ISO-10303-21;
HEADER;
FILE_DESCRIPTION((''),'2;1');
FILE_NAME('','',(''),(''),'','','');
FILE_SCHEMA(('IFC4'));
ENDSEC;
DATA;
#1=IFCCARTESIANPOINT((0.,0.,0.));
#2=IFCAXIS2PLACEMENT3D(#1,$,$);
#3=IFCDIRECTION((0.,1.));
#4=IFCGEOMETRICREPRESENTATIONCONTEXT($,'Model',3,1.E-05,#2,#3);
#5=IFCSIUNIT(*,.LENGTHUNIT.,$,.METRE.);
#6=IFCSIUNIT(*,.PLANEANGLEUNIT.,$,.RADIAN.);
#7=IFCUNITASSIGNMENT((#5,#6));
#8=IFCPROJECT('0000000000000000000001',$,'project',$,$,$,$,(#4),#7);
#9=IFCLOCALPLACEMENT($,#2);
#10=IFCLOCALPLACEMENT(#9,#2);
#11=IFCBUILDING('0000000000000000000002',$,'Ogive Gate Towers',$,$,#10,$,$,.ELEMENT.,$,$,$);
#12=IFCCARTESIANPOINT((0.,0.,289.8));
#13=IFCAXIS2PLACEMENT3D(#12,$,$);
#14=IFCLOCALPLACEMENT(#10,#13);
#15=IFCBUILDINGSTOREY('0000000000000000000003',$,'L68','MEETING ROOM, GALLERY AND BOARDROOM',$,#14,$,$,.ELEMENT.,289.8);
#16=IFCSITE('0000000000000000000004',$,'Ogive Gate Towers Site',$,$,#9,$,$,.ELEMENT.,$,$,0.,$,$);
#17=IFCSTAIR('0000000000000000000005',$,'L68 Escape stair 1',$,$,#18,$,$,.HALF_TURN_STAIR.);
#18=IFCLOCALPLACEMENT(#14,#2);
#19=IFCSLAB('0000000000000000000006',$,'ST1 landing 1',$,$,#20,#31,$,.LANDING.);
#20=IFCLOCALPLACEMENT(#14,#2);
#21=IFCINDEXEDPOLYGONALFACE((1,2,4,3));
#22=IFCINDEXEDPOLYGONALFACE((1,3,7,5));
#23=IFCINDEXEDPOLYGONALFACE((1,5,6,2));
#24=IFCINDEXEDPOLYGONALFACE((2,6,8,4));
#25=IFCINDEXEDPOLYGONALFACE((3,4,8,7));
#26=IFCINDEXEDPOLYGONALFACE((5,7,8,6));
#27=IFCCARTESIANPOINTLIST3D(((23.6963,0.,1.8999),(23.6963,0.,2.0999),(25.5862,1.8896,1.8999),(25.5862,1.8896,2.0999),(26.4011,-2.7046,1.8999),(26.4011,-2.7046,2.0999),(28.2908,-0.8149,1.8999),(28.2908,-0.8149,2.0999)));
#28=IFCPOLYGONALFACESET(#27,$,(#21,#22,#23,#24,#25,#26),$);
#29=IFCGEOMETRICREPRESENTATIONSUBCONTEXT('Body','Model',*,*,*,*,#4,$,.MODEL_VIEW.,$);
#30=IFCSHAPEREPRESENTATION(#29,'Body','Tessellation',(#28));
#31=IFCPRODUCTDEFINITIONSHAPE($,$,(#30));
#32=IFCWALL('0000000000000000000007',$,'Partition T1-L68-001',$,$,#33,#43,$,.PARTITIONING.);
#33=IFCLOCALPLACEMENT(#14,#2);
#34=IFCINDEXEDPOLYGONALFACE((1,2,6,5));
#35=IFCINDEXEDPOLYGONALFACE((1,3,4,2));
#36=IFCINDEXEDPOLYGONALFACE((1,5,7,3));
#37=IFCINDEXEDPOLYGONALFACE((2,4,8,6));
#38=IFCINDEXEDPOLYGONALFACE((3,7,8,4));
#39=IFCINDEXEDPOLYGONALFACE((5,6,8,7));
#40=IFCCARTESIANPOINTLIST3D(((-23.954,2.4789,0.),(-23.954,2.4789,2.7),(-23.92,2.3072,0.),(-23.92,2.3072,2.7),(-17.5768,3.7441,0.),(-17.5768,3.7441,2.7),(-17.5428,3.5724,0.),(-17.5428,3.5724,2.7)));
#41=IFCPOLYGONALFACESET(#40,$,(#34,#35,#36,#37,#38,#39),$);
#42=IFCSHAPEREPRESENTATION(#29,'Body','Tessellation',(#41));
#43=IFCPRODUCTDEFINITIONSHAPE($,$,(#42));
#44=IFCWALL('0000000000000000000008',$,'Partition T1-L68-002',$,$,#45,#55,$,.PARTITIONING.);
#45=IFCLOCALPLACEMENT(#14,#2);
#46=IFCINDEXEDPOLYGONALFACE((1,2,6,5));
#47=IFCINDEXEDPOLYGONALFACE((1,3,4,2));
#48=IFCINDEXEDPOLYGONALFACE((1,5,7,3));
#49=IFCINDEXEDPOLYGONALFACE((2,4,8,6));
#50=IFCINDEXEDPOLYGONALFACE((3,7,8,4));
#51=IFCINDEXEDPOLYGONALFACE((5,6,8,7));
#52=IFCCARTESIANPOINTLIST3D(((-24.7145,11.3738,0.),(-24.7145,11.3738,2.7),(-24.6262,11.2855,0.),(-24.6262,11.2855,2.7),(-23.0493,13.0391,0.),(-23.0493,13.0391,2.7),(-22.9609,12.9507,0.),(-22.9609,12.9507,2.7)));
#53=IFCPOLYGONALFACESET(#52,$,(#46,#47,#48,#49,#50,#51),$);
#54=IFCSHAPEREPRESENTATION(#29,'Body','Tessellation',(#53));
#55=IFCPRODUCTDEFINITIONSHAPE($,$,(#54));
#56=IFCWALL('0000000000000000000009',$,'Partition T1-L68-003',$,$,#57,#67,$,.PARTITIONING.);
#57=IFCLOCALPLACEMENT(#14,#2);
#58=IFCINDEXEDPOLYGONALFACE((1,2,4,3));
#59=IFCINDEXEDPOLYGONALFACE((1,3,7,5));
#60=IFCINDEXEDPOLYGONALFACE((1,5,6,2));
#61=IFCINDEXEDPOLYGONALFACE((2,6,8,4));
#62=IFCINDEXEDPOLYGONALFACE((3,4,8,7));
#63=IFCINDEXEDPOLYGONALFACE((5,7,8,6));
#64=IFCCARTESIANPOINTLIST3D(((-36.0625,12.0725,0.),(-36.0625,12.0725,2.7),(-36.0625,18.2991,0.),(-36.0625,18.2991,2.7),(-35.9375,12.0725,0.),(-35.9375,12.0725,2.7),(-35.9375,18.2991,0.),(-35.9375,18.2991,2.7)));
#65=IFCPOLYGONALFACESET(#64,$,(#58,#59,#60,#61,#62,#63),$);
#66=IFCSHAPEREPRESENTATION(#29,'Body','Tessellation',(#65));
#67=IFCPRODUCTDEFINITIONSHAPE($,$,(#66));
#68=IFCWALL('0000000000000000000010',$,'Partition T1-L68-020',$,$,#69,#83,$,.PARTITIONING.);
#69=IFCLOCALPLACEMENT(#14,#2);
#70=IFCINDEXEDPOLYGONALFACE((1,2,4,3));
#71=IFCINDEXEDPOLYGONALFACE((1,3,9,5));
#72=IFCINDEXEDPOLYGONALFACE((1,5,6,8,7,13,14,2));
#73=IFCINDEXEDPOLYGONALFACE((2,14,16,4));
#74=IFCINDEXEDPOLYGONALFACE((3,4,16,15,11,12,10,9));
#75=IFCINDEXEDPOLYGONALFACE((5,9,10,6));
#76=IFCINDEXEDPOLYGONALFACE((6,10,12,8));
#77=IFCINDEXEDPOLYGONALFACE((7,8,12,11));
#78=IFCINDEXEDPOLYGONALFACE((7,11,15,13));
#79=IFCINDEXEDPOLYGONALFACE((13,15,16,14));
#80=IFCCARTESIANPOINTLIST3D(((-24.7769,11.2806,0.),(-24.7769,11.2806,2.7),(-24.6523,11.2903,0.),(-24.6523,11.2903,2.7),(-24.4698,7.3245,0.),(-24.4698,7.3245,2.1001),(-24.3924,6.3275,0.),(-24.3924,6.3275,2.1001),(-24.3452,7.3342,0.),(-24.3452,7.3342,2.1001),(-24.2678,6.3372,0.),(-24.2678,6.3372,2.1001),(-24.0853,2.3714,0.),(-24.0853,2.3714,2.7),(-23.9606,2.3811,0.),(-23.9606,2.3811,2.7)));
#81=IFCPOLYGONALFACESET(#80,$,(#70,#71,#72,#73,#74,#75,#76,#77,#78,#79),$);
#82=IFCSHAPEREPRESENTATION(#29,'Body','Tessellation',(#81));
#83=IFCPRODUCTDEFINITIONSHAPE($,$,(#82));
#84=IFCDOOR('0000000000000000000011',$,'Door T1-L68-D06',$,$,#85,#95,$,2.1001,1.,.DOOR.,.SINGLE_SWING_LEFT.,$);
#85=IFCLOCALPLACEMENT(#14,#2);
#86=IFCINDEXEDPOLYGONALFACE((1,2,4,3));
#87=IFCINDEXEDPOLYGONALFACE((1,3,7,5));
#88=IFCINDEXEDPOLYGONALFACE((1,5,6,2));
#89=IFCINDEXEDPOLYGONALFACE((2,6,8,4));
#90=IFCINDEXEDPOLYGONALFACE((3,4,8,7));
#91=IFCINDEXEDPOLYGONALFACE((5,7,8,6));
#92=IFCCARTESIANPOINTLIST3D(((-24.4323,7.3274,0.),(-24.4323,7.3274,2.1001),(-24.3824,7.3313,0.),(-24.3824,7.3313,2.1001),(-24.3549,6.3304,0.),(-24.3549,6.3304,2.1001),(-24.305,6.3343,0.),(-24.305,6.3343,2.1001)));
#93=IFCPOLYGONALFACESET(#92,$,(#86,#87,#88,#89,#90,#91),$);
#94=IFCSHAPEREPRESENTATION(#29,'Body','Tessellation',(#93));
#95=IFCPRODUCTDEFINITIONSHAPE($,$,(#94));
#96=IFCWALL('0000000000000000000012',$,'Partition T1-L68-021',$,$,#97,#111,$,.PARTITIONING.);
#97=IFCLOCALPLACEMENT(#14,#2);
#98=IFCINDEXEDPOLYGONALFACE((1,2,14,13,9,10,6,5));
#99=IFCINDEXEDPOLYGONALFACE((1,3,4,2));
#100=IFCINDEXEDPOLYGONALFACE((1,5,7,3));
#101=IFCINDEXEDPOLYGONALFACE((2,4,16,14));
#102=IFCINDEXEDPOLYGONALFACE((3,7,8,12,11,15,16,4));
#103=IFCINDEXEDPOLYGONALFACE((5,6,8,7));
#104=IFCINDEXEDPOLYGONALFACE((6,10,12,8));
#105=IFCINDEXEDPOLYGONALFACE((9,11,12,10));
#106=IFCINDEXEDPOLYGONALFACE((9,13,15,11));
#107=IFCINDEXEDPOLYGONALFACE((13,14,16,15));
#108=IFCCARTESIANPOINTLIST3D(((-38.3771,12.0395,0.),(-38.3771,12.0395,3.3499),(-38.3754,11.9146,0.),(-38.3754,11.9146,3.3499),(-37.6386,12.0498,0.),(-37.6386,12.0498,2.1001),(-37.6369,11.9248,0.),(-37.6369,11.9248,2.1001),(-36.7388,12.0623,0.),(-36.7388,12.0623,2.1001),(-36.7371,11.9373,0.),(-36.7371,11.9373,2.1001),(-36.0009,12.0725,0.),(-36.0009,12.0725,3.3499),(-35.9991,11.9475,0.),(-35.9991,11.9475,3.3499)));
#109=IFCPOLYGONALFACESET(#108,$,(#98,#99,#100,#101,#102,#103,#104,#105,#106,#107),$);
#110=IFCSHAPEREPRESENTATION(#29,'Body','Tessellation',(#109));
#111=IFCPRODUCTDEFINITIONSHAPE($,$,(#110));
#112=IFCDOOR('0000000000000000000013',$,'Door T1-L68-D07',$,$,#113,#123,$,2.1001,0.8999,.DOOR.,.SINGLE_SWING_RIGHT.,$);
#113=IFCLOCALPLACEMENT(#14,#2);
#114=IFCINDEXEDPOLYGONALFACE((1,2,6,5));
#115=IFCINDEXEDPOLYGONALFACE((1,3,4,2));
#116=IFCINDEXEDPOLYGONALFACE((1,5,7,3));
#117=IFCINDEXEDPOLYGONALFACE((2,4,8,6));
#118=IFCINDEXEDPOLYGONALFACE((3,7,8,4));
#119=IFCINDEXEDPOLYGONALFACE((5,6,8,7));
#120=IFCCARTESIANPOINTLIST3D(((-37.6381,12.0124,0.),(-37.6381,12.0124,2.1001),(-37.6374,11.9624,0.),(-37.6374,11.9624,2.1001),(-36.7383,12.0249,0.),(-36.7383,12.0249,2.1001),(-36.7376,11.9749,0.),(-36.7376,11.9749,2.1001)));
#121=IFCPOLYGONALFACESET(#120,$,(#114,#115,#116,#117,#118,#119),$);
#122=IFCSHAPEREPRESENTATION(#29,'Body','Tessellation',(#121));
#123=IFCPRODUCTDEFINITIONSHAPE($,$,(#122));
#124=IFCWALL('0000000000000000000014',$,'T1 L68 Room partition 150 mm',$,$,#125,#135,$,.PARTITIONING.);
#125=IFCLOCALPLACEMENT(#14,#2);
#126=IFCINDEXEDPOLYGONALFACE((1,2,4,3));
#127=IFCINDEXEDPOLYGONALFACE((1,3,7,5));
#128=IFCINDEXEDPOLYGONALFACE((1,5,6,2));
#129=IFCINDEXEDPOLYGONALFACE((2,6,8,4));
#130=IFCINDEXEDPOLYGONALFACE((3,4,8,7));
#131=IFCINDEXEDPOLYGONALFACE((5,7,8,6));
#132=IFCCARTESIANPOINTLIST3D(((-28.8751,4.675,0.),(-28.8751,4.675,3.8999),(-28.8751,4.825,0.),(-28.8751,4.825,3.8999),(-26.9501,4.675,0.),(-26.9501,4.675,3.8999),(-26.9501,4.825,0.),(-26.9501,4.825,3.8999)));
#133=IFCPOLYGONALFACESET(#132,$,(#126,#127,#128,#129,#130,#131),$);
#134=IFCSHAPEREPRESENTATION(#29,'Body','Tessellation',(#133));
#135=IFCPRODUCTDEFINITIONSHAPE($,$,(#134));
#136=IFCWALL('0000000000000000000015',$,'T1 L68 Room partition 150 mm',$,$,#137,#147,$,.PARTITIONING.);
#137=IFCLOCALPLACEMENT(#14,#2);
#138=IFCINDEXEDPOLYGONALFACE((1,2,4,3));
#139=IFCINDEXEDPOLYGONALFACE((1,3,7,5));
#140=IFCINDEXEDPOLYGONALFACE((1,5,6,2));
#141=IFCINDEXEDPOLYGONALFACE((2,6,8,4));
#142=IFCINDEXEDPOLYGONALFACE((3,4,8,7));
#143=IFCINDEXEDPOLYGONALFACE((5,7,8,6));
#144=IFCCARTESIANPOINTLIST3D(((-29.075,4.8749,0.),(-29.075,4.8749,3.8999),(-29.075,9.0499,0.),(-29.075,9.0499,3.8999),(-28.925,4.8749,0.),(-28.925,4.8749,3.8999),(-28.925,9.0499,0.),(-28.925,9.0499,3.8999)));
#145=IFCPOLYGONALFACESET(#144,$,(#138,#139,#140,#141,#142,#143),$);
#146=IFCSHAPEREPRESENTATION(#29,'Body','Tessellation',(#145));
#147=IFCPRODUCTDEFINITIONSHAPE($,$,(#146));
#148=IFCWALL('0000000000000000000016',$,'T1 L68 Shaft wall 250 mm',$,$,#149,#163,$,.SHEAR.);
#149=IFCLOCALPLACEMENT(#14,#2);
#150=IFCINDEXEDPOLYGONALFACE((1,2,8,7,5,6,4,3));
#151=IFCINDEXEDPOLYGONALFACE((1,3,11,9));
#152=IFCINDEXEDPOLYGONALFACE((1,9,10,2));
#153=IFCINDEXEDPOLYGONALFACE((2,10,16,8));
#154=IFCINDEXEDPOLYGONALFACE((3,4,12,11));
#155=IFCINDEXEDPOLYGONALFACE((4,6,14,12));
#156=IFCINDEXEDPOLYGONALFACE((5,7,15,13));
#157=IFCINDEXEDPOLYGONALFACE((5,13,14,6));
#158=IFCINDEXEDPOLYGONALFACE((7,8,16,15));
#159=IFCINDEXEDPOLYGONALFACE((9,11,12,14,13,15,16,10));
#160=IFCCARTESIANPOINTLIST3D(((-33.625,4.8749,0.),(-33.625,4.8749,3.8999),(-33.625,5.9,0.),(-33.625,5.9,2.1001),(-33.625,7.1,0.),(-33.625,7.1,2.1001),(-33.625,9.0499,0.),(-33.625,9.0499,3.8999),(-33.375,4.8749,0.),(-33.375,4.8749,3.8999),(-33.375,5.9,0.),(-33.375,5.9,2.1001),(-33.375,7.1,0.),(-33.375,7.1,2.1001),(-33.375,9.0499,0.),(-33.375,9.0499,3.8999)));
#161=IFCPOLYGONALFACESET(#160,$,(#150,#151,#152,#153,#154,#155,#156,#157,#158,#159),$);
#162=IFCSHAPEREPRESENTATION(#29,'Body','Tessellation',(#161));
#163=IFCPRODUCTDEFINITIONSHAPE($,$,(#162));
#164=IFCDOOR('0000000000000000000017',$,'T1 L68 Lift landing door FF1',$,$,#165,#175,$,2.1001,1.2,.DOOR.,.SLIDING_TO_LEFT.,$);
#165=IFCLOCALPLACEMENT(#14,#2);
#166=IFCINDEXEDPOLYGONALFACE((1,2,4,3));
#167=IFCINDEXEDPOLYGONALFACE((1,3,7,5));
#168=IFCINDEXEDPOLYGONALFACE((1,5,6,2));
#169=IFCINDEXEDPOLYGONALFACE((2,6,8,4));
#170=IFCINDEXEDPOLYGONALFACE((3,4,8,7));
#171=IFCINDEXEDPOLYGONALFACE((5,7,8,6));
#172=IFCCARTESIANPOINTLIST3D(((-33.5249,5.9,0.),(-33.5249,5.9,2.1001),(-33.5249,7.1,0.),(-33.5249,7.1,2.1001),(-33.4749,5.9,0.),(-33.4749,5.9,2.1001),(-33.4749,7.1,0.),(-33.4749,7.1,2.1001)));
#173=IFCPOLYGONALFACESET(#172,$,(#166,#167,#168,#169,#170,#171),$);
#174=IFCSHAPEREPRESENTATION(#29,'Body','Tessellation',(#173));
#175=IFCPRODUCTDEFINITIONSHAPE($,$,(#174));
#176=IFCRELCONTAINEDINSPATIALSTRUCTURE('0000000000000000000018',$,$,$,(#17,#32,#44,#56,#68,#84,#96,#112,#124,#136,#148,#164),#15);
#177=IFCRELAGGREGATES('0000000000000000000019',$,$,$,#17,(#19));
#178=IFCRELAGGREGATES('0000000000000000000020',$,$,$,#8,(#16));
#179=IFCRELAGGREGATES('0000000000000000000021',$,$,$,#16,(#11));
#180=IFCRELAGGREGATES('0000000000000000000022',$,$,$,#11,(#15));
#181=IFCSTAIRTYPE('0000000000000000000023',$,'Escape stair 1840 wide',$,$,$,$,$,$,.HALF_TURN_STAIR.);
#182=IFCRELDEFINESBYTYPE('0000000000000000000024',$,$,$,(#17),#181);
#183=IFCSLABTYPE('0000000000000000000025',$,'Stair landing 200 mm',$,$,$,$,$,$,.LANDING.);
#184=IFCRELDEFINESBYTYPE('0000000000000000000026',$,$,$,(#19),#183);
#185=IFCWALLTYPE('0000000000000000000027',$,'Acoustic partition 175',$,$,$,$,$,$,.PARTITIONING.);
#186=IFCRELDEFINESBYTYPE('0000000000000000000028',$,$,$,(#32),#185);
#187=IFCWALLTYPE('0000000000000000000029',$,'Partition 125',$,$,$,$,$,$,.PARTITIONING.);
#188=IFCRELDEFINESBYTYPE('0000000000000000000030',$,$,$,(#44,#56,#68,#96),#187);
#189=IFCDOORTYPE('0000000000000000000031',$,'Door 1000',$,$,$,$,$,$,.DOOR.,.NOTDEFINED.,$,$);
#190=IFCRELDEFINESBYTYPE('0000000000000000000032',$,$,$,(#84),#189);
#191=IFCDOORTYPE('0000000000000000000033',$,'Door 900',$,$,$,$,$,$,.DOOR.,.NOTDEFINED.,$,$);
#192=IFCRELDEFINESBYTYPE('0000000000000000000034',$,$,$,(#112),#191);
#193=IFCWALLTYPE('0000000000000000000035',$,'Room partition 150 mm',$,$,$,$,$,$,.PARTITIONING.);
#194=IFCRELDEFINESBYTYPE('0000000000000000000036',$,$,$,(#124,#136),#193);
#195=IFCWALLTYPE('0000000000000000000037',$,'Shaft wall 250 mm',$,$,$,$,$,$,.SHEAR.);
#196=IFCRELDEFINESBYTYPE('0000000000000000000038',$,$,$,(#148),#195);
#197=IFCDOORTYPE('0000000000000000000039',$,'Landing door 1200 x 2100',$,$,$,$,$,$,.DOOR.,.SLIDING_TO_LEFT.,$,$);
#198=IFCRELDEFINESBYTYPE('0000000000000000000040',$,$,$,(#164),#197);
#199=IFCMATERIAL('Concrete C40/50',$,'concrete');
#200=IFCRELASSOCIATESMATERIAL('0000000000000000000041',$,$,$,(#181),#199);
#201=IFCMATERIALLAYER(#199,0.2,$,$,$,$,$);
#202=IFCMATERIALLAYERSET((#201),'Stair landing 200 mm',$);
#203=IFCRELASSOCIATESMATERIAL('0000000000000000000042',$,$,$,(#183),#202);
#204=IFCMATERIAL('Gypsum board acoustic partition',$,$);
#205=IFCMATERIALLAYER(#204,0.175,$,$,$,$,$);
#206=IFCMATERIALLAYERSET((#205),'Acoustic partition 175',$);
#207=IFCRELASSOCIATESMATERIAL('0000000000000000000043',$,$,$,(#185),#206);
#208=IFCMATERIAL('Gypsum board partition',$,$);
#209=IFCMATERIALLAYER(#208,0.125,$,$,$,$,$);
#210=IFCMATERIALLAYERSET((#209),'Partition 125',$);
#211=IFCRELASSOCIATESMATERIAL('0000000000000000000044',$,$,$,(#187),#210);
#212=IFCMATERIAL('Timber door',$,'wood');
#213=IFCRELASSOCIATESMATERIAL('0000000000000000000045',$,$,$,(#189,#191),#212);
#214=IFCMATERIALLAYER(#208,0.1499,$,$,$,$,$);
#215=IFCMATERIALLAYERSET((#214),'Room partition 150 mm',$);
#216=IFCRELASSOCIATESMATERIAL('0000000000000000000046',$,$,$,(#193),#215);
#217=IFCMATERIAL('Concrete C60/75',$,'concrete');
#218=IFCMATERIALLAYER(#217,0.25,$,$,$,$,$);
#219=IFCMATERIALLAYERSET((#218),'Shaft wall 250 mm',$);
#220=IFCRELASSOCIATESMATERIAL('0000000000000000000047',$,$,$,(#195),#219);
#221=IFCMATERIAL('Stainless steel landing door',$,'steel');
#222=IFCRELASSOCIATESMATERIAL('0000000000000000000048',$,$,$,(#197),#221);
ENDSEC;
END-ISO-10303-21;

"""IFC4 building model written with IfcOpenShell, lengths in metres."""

from ifc_helpers import new_model, si_unit, direction, frame, frame_2d, origin, place, context, subcontext, project, spatial, polyline, rectangle, outline, extrude, material, layer, layer_set, type_object, element, fill, aggregate, save


model = new_model("IFC4")

# Units and contexts
model_context = context("Model", 3, precision=1e-05, world=origin(), true_north=direction((0.0, 1.0)))
body_context = subcontext(model_context, "Body", "Model", "MODEL_VIEW")
ifc_project = project(units=[si_unit("LENGTHUNIT", "METRE"), si_unit("PLANEANGLEUNIT", "RADIAN")], contexts=[model_context])

# Site, building, storey
site_placement = place(None, origin())
site = spatial("IfcSite", under=ifc_project, at=site_placement, Name="Ogive Gate Towers Site", CompositionType="ELEMENT", RefElevation=0.0)
building_placement = place(site_placement, origin())
building = spatial("IfcBuilding", under=site, at=building_placement, Name="Ogive Gate Towers", CompositionType="ELEMENT")
storey_placement = place(building_placement, frame((0.0, 0.0, 289.8)))
storey = spatial("IfcBuildingStorey", under=building, at=storey_placement, Name="L68", Description="MEETING ROOM, GALLERY AND BOARDROOM", CompositionType="ELEMENT", Elevation=289.8)

# Shared definitions
ifc_material_1 = material(Name="Concrete C40/50", Category="concrete")

# Stair, slab
stair_type = type_object("IfcStairType", Name="Escape stair 1840 wide", PredefinedType="HALF_TURN_STAIR", material=ifc_material_1)
ifc_layer_1 = layer(ifc_material_1, 0.2)
ifc_layer_set_1 = layer_set([ifc_layer_1], Name="Stair landing 200 mm")
slab_type_1 = type_object("IfcSlabType", Name="Stair landing 200 mm", PredefinedType="LANDING", material=ifc_layer_set_1)
stair_1_placement = place(storey_placement, origin())
stair_1 = element("IfcStair", 1, at=stair_1_placement, inside=storey, type_object=stair_type, Name="L68 Escape stair 1", PredefinedType="HALF_TURN_STAIR")
slab_1_placement = place(storey_placement, frame((0.0, 0.0, 1.8999)))
slab_1 = element("IfcSlab", 2, at=slab_1_placement, type_object=slab_type_1, Name="ST1 landing 1", PredefinedType="LANDING", context=body_context, shape_type="SweptSolid", body=[
    extrude(outline(polyline([(25.5862, 1.8896), (23.6963, 0.0), (26.4011, -2.7046), (28.2908, -0.8149), (25.5862, 1.8896)])), origin(), (0.0, 0.0, 1.0), 0.2),
])
aggregate(stair_1, [slab_1])

# Walls
ifc_material_2 = material(Name="Gypsum board acoustic partition")
ifc_layer_2 = layer(ifc_material_2, 0.175)
ifc_layer_set_2 = layer_set([ifc_layer_2], Name="Acoustic partition 175")
wall_type_1 = type_object("IfcWallType", Name="Acoustic partition 175", PredefinedType="PARTITIONING", material=ifc_layer_set_2)
wall_1_placement = place(storey_placement, frame((-17.5598, 3.6582, 0.0), z_axis=(0.0, 0.0, 1.0), x_axis=(-0.980884, -0.194592, 0.0)))
element("IfcWall", 3, at=wall_1_placement, inside=storey, type_object=wall_type_1, Name="Partition T1-L68-001", PredefinedType="PARTITIONING", context=body_context, shape_type="SweptSolid", body=[
    extrude(rectangle(XDim=6.5015, YDim=0.175, at=frame_2d((3.2507, 0.0))), origin(), (0.0, 0.0, 1.0), 2.7),
])
ifc_material_3 = material(Name="Gypsum board partition")
ifc_layer_3 = layer(ifc_material_3, 0.125)
ifc_layer_set_3 = layer_set([ifc_layer_3], Name="Partition 125")
wall_type_2 = type_object("IfcWallType", Name="Partition 125", PredefinedType="PARTITIONING", material=ifc_layer_set_3)
wall_2_placement = place(storey_placement, frame((-23.0051, 12.9949, 0.0), z_axis=(0.0, 0.0, 1.0), x_axis=(-0.707107, -0.707107, 0.0)))
element("IfcWall", 4, at=wall_2_placement, inside=storey, type_object=wall_type_2, Name="Partition T1-L68-002", PredefinedType="PARTITIONING", context=body_context, shape_type="SweptSolid", body=[
    extrude(rectangle(XDim=2.355, YDim=0.125, at=frame_2d((1.1775, 0.0))), origin(), (0.0, 0.0, 1.0), 2.7),
])
wall_3_placement = place(storey_placement, frame((-36.0, 18.2991, 0.0), z_axis=(0.0, 0.0, 1.0), x_axis=(0.0, -1.0, 0.0)))
element("IfcWall", 5, at=wall_3_placement, inside=storey, type_object=wall_type_2, Name="Partition T1-L68-003", PredefinedType="PARTITIONING", context=body_context, shape_type="SweptSolid", body=[
    extrude(rectangle(XDim=6.2266, YDim=0.125, at=frame_2d((3.1133, 0.0))), origin(), (0.0, 0.0, 1.0), 2.7),
])

# Walls, openings, doors
wall_4_placement = place(storey_placement, frame((-24.0229, 2.3762, 0.0), z_axis=(0.0, 0.0, 1.0), x_axis=(-0.077401, 0.997, 0.0)))
wall_4 = element("IfcWall", 6, at=wall_4_placement, inside=storey, type_object=wall_type_2, Name="Partition T1-L68-020", PredefinedType="PARTITIONING", context=body_context, shape_type="SweptSolid", body=[
    extrude(rectangle(XDim=8.936, YDim=0.125, at=frame_2d((4.468, 0.0))), origin(), (0.0, 0.0, 1.0), 2.7),
])
opening_1_placement = place(wall_4_placement, frame((3.968, 0.0, 0.0)))
opening_1 = element("IfcOpeningElement", 7, at=opening_1_placement, cuts=wall_4, PredefinedType="OPENING", context=body_context, shape_type="SweptSolid", body=[
    extrude(rectangle(XDim=1.0, YDim=2.1001, at=frame_2d((0.5, 1.05))), frame((0.0, 0.0725, 0.0), z_axis=(0.0, -1.0, 0.0), x_axis=(1.0, 0.0, 0.0)), (0.0, 0.0, 1.0), 0.145),
])
ifc_material_4 = material(Name="Timber door", Category="wood")
door_type_1 = type_object("IfcDoorType", Name="Door 1000", OperationType="NOTDEFINED", PredefinedType="DOOR", material=ifc_material_4)
door_1_placement = place(opening_1_placement, origin())
door_1 = element("IfcDoor", 8, at=door_1_placement, inside=storey, type_object=door_type_1, Name="Door T1-L68-D06", OperationType="SINGLE_SWING_LEFT", OverallHeight=2.1001, OverallWidth=1.0, PredefinedType="DOOR", context=body_context, shape_type="SweptSolid", body=[
    extrude(rectangle(XDim=1.0, YDim=2.1001, at=frame_2d((0.5, 1.05))), frame((0.0, 0.0249, 0.0), z_axis=(0.0, -1.0, 0.0), x_axis=(1.0, 0.0, 0.0)), (0.0, 0.0, 1.0), 0.05),
])
fill(opening_1, door_1)
wall_5_placement = place(storey_placement, frame((-36.0, 12.01, 0.0), z_axis=(0.0, 0.0, 1.0), x_axis=(-0.999904, -0.013869, 0.0)))
wall_5 = element("IfcWall", 9, at=wall_5_placement, inside=storey, type_object=wall_type_2, Name="Partition T1-L68-021", PredefinedType="PARTITIONING", context=body_context, shape_type="SweptSolid", body=[
    extrude(rectangle(XDim=2.3765, YDim=0.125, at=frame_2d((1.1882, 0.0))), origin(), (0.0, 0.0, 1.0), 3.3499),
])
opening_2_placement = place(wall_5_placement, frame((0.738, 0.0, 0.0)))
opening_2 = element("IfcOpeningElement", 10, at=opening_2_placement, cuts=wall_5, PredefinedType="OPENING", context=body_context, shape_type="SweptSolid", body=[
    extrude(rectangle(XDim=0.8999, YDim=2.1001, at=frame_2d((0.45, 1.05))), frame((0.0, 0.0725, 0.0), z_axis=(0.0, -1.0, 0.0), x_axis=(1.0, 0.0, 0.0)), (0.0, 0.0, 1.0), 0.145),
])
door_type_2 = type_object("IfcDoorType", Name="Door 900", OperationType="NOTDEFINED", PredefinedType="DOOR", material=ifc_material_4)
door_2_placement = place(opening_2_placement, origin())
door_2 = element("IfcDoor", 11, at=door_2_placement, inside=storey, type_object=door_type_2, Name="Door T1-L68-D07", OperationType="SINGLE_SWING_RIGHT", OverallHeight=2.1001, OverallWidth=0.8999, PredefinedType="DOOR", context=body_context, shape_type="SweptSolid", body=[
    extrude(rectangle(XDim=0.8999, YDim=2.1001, at=frame_2d((0.45, 1.05))), frame((0.0, 0.0249, 0.0), z_axis=(0.0, -1.0, 0.0), x_axis=(1.0, 0.0, 0.0)), (0.0, 0.0, 1.0), 0.05),
])
fill(opening_2, door_2)

# Walls
ifc_layer_4 = layer(ifc_material_3, 0.1499)
ifc_layer_set_4 = layer_set([ifc_layer_4], Name="Room partition 150 mm")
wall_type_3 = type_object("IfcWallType", Name="Room partition 150 mm", PredefinedType="PARTITIONING", material=ifc_layer_set_4)
wall_6_placement = place(storey_placement, frame((-28.875, 4.75, 0.0), z_axis=(0.0, 0.0, 1.0), x_axis=(1.0, 0.0, 0.0)))
element("IfcWall", 12, at=wall_6_placement, inside=storey, type_object=wall_type_3, Name="T1 L68 Room partition 150 mm", PredefinedType="PARTITIONING", context=body_context, shape_type="SweptSolid", body=[
    extrude(rectangle(XDim=1.925, YDim=0.1499, at=frame_2d((0.9624, 0.0))), origin(), (0.0, 0.0, 1.0), 3.8999),
])
wall_7_placement = place(storey_placement, frame((-29.0, 4.875, 0.0), z_axis=(0.0, 0.0, 1.0), x_axis=(0.0, 1.0, 0.0)))
element("IfcWall", 13, at=wall_7_placement, inside=storey, type_object=wall_type_3, Name="T1 L68 Room partition 150 mm", PredefinedType="PARTITIONING", context=body_context, shape_type="SweptSolid", body=[
    extrude(rectangle(XDim=4.175, YDim=0.1499, at=frame_2d((2.0874, 0.0))), origin(), (0.0, 0.0, 1.0), 3.8999),
])

# Wall, opening, door
ifc_material_5 = material(Name="Concrete C60/75", Category="concrete")
ifc_layer_5 = layer(ifc_material_5, 0.25)
ifc_layer_set_5 = layer_set([ifc_layer_5], Name="Shaft wall 250 mm")
wall_type_4 = type_object("IfcWallType", Name="Shaft wall 250 mm", PredefinedType="SHEAR", material=ifc_layer_set_5)
wall_8_placement = place(storey_placement, frame((-33.5, 4.875, 0.0), z_axis=(0.0, 0.0, 1.0), x_axis=(0.0, 1.0, 0.0)))
wall_8 = element("IfcWall", 14, at=wall_8_placement, inside=storey, type_object=wall_type_4, Name="T1 L68 Shaft wall 250 mm", PredefinedType="SHEAR", context=body_context, shape_type="SweptSolid", body=[
    extrude(rectangle(XDim=4.175, YDim=0.25, at=frame_2d((2.0874, 0.0))), origin(), (0.0, 0.0, 1.0), 3.8999),
])
opening_3_placement = place(wall_8_placement, frame((1.0249, 0.0, 0.0)))
opening_3 = element("IfcOpeningElement", 15, at=opening_3_placement, cuts=wall_8, PredefinedType="OPENING", context=body_context, shape_type="SweptSolid", body=[
    extrude(rectangle(XDim=1.2, YDim=2.1001, at=frame_2d((0.6001, 1.05))), frame((0.0, 0.135, 0.0), z_axis=(0.0, -1.0, 0.0), x_axis=(1.0, 0.0, 0.0)), (0.0, 0.0, 1.0), 0.27),
])
ifc_material_6 = material(Name="Stainless steel landing door", Category="steel")
door_type_3 = type_object("IfcDoorType", Name="Landing door 1200 x 2100", OperationType="SLIDING_TO_LEFT", PredefinedType="DOOR", material=ifc_material_6)
door_3_placement = place(opening_3_placement, origin())
door_3 = element("IfcDoor", 16, at=door_3_placement, inside=storey, type_object=door_type_3, Name="T1 L68 Lift landing door FF1", OperationType="SLIDING_TO_LEFT", OverallHeight=2.1001, OverallWidth=1.2, PredefinedType="DOOR", context=body_context, shape_type="SweptSolid", body=[
    extrude(rectangle(XDim=1.2, YDim=2.1001, at=frame_2d((0.6001, 1.05))), frame((0.0, 0.0249, 0.0), z_axis=(0.0, -1.0, 0.0), x_axis=(1.0, 0.0, 0.0)), (0.0, 0.0, 1.0), 0.05),
])
fill(opening_3, door_3)

save(model, "model.ifc")
